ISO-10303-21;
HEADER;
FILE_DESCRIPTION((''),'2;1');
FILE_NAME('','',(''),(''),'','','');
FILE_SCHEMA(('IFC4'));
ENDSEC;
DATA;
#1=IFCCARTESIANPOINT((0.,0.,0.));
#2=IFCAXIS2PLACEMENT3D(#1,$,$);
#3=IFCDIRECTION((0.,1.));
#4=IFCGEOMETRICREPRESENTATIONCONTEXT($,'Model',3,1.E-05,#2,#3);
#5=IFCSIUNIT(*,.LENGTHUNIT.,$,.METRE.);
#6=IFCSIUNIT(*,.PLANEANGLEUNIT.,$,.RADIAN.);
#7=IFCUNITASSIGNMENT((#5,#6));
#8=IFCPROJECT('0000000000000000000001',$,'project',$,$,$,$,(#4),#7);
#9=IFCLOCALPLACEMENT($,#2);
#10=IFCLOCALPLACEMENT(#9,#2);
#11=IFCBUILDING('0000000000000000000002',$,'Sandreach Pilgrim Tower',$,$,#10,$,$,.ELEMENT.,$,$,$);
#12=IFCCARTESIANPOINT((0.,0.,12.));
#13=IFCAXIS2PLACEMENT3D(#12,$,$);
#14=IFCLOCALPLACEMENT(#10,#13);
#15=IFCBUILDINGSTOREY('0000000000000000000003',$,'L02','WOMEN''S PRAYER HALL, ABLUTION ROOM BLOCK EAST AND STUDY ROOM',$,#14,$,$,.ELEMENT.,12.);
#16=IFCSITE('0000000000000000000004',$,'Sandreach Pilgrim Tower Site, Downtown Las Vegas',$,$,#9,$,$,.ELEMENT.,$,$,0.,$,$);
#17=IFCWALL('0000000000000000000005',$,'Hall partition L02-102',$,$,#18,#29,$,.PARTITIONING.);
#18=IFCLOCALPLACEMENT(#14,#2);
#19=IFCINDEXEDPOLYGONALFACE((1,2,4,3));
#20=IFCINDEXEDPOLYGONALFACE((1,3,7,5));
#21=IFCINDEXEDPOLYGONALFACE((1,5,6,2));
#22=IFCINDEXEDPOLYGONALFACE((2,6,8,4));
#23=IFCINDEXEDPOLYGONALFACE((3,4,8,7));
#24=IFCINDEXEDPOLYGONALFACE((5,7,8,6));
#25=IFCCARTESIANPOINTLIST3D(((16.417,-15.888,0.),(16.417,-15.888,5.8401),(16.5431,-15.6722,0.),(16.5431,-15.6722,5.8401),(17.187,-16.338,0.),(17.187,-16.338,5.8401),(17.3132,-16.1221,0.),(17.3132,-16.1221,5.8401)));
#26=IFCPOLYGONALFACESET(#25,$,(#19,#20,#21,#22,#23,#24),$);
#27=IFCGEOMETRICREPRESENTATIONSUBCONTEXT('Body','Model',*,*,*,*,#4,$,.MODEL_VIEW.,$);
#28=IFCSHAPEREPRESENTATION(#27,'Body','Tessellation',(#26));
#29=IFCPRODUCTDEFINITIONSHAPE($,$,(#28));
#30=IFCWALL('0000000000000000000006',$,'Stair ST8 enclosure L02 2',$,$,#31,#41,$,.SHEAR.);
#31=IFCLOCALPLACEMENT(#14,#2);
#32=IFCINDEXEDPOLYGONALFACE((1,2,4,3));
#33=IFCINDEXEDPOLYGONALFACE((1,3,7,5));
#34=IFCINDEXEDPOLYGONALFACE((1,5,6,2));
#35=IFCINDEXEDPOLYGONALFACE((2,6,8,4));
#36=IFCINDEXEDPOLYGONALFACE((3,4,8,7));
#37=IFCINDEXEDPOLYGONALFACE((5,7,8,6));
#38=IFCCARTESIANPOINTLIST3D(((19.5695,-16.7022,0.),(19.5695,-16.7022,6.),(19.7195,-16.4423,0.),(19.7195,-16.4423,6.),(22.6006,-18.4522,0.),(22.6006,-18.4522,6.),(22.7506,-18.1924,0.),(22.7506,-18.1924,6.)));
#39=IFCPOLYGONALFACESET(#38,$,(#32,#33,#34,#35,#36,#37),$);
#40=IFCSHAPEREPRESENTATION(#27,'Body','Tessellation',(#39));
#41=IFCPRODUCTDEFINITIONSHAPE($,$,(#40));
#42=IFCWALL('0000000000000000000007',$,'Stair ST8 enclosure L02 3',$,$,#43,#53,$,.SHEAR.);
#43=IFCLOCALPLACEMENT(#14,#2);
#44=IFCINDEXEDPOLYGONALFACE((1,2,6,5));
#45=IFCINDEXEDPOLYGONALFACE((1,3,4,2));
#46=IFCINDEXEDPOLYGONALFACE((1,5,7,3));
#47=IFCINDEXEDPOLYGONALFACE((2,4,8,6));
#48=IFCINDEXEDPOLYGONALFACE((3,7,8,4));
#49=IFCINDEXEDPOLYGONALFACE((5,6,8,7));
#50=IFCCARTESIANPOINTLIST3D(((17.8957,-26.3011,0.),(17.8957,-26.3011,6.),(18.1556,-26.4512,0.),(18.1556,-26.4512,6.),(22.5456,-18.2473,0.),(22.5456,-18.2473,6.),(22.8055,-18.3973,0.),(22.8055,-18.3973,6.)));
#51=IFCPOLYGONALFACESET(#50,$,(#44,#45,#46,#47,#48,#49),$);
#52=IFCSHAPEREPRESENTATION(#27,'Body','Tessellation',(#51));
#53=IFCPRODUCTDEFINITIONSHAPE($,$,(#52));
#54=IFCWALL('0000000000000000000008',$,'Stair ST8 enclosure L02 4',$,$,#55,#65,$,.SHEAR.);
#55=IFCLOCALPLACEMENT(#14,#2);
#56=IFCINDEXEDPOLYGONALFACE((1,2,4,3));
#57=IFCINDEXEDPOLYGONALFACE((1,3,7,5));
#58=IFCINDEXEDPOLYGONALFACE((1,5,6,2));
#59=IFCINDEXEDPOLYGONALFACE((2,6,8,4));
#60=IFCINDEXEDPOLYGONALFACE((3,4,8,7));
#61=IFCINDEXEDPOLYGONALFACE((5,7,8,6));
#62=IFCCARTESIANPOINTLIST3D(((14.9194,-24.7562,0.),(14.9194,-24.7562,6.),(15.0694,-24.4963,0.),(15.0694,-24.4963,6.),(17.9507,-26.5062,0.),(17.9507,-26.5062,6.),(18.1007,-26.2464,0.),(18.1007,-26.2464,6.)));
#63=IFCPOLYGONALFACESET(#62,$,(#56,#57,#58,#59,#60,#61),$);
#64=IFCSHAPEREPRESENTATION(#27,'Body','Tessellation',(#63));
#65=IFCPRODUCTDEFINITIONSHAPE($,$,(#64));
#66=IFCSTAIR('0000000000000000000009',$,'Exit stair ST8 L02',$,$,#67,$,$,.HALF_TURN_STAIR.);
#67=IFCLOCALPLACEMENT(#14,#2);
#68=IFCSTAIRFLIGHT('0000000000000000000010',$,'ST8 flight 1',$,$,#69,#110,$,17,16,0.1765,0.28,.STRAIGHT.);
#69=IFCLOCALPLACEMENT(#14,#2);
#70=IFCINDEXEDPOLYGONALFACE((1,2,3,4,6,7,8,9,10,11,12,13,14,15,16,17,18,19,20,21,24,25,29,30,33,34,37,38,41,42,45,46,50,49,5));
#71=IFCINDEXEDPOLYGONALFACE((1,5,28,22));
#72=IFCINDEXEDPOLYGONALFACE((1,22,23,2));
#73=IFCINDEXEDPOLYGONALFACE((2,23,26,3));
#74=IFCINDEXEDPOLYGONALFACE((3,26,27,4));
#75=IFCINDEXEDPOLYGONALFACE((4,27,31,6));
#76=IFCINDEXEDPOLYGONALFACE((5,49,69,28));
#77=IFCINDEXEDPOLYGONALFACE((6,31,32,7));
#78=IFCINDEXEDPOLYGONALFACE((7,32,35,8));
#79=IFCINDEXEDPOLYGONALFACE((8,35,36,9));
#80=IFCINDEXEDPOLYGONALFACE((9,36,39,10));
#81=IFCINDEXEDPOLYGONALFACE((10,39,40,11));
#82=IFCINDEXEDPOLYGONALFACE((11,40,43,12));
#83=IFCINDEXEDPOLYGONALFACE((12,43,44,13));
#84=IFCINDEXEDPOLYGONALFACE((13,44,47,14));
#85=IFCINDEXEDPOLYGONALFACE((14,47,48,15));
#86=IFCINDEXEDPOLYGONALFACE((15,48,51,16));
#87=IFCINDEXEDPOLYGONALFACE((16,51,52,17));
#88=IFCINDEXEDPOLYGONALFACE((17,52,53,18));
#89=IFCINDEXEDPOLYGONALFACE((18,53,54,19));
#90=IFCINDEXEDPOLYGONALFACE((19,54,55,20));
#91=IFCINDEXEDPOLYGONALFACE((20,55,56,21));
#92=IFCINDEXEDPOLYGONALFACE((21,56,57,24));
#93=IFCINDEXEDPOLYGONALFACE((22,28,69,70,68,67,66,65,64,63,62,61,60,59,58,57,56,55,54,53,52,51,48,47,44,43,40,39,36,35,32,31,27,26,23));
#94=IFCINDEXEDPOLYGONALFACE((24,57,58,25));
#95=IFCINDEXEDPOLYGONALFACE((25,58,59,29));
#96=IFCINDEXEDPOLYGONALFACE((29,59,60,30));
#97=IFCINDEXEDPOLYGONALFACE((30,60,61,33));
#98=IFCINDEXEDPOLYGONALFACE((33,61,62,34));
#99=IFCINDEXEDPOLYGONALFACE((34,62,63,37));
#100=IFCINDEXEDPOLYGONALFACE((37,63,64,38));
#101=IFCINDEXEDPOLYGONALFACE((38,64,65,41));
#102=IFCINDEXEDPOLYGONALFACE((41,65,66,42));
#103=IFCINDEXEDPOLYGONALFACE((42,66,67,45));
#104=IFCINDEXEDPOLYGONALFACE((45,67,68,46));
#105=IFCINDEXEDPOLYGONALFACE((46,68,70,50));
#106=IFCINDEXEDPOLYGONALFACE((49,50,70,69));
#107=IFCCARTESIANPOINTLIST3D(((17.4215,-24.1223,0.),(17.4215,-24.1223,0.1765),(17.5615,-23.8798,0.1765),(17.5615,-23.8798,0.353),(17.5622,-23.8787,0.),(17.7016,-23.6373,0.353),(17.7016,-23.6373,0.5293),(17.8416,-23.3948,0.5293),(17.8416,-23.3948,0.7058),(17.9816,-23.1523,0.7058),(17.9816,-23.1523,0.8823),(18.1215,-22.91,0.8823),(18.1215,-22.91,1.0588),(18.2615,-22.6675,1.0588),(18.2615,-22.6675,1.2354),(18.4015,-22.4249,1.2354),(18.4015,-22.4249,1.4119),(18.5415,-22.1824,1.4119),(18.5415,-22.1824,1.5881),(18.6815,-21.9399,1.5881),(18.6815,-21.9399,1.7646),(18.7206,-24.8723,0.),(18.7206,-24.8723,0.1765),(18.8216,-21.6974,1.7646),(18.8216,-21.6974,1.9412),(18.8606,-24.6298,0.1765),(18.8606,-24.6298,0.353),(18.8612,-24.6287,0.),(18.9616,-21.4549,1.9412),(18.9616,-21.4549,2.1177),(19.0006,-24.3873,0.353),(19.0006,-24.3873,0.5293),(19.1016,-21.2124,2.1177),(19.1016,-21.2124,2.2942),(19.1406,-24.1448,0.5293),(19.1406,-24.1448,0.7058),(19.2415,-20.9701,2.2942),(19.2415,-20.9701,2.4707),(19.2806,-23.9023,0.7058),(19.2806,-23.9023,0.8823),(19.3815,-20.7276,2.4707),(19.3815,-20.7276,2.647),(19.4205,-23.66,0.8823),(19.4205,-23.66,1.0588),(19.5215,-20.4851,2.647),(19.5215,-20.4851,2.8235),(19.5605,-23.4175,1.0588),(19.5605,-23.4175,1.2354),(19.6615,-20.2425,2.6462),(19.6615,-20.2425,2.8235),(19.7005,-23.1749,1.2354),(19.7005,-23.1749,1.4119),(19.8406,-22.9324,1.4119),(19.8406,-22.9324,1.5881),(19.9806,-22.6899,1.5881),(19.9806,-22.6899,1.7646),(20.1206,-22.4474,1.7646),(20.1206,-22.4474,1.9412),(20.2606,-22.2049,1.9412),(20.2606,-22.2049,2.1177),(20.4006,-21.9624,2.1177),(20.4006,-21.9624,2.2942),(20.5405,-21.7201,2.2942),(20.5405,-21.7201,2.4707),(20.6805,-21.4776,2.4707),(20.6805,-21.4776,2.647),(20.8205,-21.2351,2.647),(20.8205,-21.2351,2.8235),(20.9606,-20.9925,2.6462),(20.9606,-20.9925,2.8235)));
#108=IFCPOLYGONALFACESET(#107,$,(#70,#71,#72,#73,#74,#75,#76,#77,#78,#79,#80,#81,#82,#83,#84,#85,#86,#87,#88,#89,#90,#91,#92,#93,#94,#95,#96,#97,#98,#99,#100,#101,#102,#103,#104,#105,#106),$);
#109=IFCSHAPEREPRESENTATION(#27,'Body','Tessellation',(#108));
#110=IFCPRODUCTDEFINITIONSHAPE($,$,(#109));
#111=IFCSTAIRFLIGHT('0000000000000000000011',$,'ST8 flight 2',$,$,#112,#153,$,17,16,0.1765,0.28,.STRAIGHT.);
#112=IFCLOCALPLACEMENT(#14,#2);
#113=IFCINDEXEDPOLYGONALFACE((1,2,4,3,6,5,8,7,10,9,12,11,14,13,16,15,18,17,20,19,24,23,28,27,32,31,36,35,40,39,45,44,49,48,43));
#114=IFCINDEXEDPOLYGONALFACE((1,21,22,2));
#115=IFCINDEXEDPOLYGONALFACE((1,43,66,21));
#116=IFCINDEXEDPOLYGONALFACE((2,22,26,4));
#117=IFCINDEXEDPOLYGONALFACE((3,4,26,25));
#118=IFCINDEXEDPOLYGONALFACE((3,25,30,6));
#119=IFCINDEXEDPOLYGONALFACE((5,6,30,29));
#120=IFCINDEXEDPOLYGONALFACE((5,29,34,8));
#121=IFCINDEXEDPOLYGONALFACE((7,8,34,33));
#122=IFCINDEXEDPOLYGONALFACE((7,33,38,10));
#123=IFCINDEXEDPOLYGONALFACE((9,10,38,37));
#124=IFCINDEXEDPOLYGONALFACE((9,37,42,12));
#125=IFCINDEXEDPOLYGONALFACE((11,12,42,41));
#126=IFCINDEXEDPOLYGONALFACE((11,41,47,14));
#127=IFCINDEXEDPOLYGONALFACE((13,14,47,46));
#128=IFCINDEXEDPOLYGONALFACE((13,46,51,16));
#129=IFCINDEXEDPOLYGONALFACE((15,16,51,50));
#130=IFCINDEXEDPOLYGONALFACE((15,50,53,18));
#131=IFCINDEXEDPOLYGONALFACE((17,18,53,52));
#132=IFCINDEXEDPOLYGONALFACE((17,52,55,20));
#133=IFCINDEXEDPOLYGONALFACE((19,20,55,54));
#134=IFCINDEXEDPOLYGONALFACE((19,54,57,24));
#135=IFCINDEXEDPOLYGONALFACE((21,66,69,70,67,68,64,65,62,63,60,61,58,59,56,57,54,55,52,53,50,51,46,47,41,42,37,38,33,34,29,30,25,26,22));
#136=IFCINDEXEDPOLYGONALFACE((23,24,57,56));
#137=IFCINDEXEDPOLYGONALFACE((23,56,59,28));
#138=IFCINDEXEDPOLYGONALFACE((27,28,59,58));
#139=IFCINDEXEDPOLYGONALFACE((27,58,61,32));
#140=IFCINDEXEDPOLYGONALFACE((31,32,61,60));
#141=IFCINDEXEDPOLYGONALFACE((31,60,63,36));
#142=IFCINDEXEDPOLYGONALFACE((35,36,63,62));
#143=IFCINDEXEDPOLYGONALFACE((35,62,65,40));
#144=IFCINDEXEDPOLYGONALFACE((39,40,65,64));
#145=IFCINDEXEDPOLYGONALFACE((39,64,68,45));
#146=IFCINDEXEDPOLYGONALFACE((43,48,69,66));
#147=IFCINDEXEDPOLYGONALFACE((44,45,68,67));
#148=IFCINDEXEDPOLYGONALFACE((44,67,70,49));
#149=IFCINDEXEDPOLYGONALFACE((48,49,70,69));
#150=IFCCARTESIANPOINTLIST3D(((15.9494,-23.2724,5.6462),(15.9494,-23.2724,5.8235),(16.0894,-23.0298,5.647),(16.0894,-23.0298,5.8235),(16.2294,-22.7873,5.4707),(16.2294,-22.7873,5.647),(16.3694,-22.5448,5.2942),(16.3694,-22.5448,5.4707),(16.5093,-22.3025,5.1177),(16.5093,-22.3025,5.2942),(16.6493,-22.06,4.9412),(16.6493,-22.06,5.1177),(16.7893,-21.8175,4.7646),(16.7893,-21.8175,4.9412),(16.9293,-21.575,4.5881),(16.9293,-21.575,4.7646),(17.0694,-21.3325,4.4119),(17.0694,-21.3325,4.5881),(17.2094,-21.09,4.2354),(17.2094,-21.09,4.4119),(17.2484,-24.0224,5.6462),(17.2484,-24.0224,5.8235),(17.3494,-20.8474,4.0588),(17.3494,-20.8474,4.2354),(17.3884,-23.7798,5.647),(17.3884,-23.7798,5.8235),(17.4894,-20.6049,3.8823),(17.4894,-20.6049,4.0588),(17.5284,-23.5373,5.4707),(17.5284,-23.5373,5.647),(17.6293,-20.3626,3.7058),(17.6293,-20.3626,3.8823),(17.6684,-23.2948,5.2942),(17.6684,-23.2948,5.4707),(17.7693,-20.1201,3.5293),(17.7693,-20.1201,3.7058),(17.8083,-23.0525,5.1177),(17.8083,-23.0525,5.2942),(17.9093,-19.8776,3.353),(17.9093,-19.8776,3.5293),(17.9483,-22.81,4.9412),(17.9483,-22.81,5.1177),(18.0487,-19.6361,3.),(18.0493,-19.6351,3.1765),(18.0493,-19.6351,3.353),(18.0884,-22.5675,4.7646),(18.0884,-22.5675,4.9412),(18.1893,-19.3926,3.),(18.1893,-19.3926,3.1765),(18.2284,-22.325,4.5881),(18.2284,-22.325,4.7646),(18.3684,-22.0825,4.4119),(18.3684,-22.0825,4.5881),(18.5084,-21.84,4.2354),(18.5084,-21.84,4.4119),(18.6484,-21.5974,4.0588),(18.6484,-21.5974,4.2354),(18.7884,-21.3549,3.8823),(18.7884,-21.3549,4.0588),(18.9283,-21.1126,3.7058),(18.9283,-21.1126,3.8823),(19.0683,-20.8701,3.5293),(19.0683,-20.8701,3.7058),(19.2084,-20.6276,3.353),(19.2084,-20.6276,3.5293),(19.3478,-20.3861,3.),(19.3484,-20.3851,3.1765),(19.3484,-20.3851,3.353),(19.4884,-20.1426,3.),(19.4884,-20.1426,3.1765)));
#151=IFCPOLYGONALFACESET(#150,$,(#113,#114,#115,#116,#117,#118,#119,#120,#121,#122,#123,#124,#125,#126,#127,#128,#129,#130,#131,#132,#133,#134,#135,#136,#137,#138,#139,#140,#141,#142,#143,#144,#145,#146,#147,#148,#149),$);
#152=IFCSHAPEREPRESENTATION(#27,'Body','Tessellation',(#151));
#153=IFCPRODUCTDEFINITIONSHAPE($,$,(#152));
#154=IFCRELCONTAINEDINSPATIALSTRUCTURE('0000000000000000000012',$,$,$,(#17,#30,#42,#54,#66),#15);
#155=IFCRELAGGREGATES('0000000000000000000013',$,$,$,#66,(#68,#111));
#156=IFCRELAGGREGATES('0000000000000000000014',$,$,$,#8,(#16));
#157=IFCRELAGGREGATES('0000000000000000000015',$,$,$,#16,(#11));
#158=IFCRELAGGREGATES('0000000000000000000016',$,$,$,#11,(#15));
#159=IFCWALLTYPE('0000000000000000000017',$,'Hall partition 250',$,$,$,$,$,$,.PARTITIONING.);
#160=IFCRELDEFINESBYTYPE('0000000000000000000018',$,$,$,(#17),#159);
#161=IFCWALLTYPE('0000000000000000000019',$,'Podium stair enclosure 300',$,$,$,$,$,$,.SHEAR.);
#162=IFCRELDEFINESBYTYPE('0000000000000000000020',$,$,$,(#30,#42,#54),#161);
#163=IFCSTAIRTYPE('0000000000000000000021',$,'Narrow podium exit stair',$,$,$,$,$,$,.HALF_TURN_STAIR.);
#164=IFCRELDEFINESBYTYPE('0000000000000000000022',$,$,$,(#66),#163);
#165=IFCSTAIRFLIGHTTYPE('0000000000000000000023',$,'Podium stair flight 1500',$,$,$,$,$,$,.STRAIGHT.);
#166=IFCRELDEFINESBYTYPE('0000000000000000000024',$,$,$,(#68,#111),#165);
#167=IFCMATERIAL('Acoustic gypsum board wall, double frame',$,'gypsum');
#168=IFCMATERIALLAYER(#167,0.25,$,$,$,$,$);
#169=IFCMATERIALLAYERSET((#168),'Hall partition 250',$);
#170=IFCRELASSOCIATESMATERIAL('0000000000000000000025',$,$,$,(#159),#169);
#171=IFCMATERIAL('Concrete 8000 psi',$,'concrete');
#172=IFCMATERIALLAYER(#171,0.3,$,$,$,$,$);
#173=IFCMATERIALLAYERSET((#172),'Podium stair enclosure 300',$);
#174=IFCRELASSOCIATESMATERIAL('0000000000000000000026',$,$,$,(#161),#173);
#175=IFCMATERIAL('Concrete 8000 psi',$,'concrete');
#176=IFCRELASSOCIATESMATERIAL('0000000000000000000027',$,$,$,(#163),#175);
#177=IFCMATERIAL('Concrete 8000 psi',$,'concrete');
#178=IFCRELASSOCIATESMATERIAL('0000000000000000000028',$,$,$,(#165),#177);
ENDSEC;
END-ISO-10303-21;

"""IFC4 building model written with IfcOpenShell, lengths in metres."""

from ifc_helpers import new_model, si_unit, direction, frame, frame_2d, origin, place, context, subcontext, project, spatial, polyline, rectangle, outline, extrude, material, layer, layer_set, type_object, element, aggregate, save


model = new_model("IFC4")

# Units and contexts
model_context = context("Model", 3, precision=1e-05, world=origin(), true_north=direction((0.0, 1.0)))
body_context = subcontext(model_context, "Body", "Model", "MODEL_VIEW")
ifc_project = project(units=[si_unit("LENGTHUNIT", "METRE"), si_unit("PLANEANGLEUNIT", "RADIAN")], contexts=[model_context])

# Site, building, storey
site_placement = place(None, origin())
site = spatial("IfcSite", under=ifc_project, at=site_placement, Name="Sandreach Pilgrim Tower Site, Downtown Las Vegas", CompositionType="ELEMENT", RefElevation=0.0)
building_placement = place(site_placement, origin())
building = spatial("IfcBuilding", under=site, at=building_placement, Name="Sandreach Pilgrim Tower", CompositionType="ELEMENT")
storey_placement = place(building_placement, frame((0.0, 0.0, 12.0)))
storey = spatial("IfcBuildingStorey", under=building, at=storey_placement, Name="L02", Description="WOMEN'S PRAYER HALL, ABLUTION ROOM BLOCK EAST AND STUDY ROOM", CompositionType="ELEMENT", Elevation=12.0)

# Walls
ifc_material_1 = material(Name="Acoustic gypsum board wall, double frame", Category="gypsum")
ifc_layer_1 = layer(ifc_material_1, 0.25)
ifc_layer_set_1 = layer_set([ifc_layer_1], Name="Hall partition 250")
wall_type_1 = type_object("IfcWallType", Name="Hall partition 250", PredefinedType="PARTITIONING", material=ifc_layer_set_1)
wall_1_placement = place(storey_placement, frame((17.25, -16.23, 0.0), z_axis=(0.0, 0.0, 1.0), x_axis=(-0.863401, 0.504518, 0.0)))
element("IfcWall", 1, at=wall_1_placement, inside=storey, type_object=wall_type_1, Name="Hall partition L02-102", PredefinedType="PARTITIONING", context=body_context, shape_type="SweptSolid", body=[
    extrude(rectangle(XDim=0.8918, YDim=0.25, at=frame_2d((0.4458, 0.0))), origin(), (0.0, 0.0, 1.0), 5.8401),
])
ifc_material_2 = material(Name="Concrete 8000 psi", Category="concrete")
ifc_layer_2 = layer(ifc_material_2, 0.3)
ifc_layer_set_2 = layer_set([ifc_layer_2], Name="Podium stair enclosure 300")
wall_type_2 = type_object("IfcWallType", Name="Podium stair enclosure 300", PredefinedType="SHEAR", material=ifc_layer_set_2)
wall_2_placement = place(storey_placement, frame((19.6445, -16.5723, 0.0), z_axis=(0.0, 0.0, 1.0), x_axis=(0.866019, -0.50001, 0.0)))
element("IfcWall", 2, at=wall_2_placement, inside=storey, type_object=wall_type_2, Name="Stair ST8 enclosure L02 2", PredefinedType="SHEAR", context=body_context, shape_type="SweptSolid", body=[
    extrude(rectangle(XDim=3.5, YDim=0.3, at=frame_2d((1.75, 0.0))), origin(), (0.0, 0.0, 1.0), 6.0),
])
wall_3_placement = place(storey_placement, frame((22.6755, -18.3223, 0.0), z_axis=(0.0, 0.0, 1.0), x_axis=(-0.499996, -0.866028, 0.0)))
element("IfcWall", 3, at=wall_3_placement, inside=storey, type_object=wall_type_2, Name="Stair ST8 enclosure L02 3", PredefinedType="SHEAR", context=body_context, shape_type="SweptSolid", body=[
    extrude(rectangle(XDim=9.2998, YDim=0.3, at=frame_2d((4.6499, 0.0))), origin(), (0.0, 0.0, 1.0), 6.0),
])
wall_4_placement = place(storey_placement, frame((18.0256, -26.3762, 0.0), z_axis=(0.0, 0.0, 1.0), x_axis=(-0.866037, 0.49998, 0.0)))
element("IfcWall", 4, at=wall_4_placement, inside=storey, type_object=wall_type_2, Name="Stair ST8 enclosure L02 4", PredefinedType="SHEAR", context=body_context, shape_type="SweptSolid", body=[
    extrude(rectangle(XDim=3.5002, YDim=0.3, at=frame_2d((1.75, 0.0))), origin(), (0.0, 0.0, 1.0), 6.0),
])

# Stair, stair flights
ifc_material_3 = material(Name="Concrete 8000 psi", Category="concrete")
stair_type = type_object("IfcStairType", Name="Narrow podium exit stair", PredefinedType="HALF_TURN_STAIR", material=ifc_material_3)
stair_placement = place(storey_placement, origin())
stair = element("IfcStair", 5, at=stair_placement, inside=storey, type_object=stair_type, Name="Exit stair ST8 L02", PredefinedType="HALF_TURN_STAIR")
ifc_material_4 = material(Name="Concrete 8000 psi", Category="concrete")
stair_flight_type = type_object("IfcStairFlightType", Name="Podium stair flight 1500", PredefinedType="STRAIGHT", material=ifc_material_4)
stair_flight_1_placement = place(storey_placement, frame((18.071, -24.4973, 0.0), z_axis=(0.0, 0.0, 1.0), x_axis=(0.5, 0.866025, 0.0)))
stair_flight_1 = element("IfcStairFlight", 6, at=stair_flight_1_placement, type_object=stair_flight_type, Name="ST8 flight 1", NumberOfRisers=17, NumberOfTreads=16, PredefinedType="STRAIGHT", RiserHeight=0.1765, TreadLength=0.28, context=body_context, shape_type="SweptSolid", body=[
    extrude(outline(polyline([(0.0, 0.0), (0.0, 0.1765), (0.28, 0.1765), (0.28, 0.353), (0.5601, 0.353), (0.5601, 0.5293), (0.8401, 0.5293), (0.8401, 0.7058), (1.1201, 0.7058), (1.1201, 0.8823), (1.3999, 0.8823), (1.3999, 1.0588), (1.6799, 1.0588), (1.6799, 1.2354), (1.96, 1.2354), (1.96, 1.4119), (2.24, 1.4119), (2.24, 1.5881), (2.52, 1.5881), (2.52, 1.7646), (2.8, 1.7646), (2.8, 1.9412), (3.0801, 1.9412), (3.0801, 2.1177), (3.3601, 2.1177), (3.3601, 2.2942), (3.6399, 2.2942), (3.6399, 2.4707), (3.9199, 2.4707), (3.9199, 2.647), (4.2, 2.647), (4.2, 2.8235), (4.48, 2.8235), (4.48, 3.0), (4.48, 2.6462), (0.2812, 0.0), (0.0, 0.0)])), frame((0.0, 0.75, 0.0), z_axis=(0.0, -1.0, 0.0), x_axis=(1.0, 0.0, 0.0)), (0.0, 0.0, 1.0), 1.5),
])
stair_flight_2_placement = place(storey_placement, frame((18.8389, -19.7676, 3.0), z_axis=(0.0, 0.0, 1.0), x_axis=(-0.5, -0.866025, 0.0)))
stair_flight_2 = element("IfcStairFlight", 7, at=stair_flight_2_placement, type_object=stair_flight_type, Name="ST8 flight 2", NumberOfRisers=17, NumberOfTreads=16, PredefinedType="STRAIGHT", RiserHeight=0.1765, TreadLength=0.28, context=body_context, shape_type="SweptSolid", body=[
    extrude(outline(polyline([(0.0, 0.0), (0.0, 0.1765), (0.28, 0.1765), (0.28, 0.353), (0.5601, 0.353), (0.5601, 0.5293), (0.8401, 0.5293), (0.8401, 0.7058), (1.1201, 0.7058), (1.1201, 0.8823), (1.3999, 0.8823), (1.3999, 1.0588), (1.6799, 1.0588), (1.6799, 1.2354), (1.96, 1.2354), (1.96, 1.4119), (2.24, 1.4119), (2.24, 1.5881), (2.52, 1.5881), (2.52, 1.7646), (2.8, 1.7646), (2.8, 1.9412), (3.0801, 1.9412), (3.0801, 2.1177), (3.3601, 2.1177), (3.3601, 2.2942), (3.6399, 2.2942), (3.6399, 2.4707), (3.9199, 2.4707), (3.9199, 2.647), (4.2, 2.647), (4.2, 2.8235), (4.48, 2.8235), (4.48, 3.0), (4.48, 2.6462), (0.2812, 0.0), (0.0, 0.0)])), frame((0.0, 0.75, 0.0), z_axis=(0.0, -1.0, 0.0), x_axis=(1.0, 0.0, 0.0)), (0.0, 0.0, 1.0), 1.5),
])
aggregate(stair, [stair_flight_1, stair_flight_2])

save(model, "model.ifc")
